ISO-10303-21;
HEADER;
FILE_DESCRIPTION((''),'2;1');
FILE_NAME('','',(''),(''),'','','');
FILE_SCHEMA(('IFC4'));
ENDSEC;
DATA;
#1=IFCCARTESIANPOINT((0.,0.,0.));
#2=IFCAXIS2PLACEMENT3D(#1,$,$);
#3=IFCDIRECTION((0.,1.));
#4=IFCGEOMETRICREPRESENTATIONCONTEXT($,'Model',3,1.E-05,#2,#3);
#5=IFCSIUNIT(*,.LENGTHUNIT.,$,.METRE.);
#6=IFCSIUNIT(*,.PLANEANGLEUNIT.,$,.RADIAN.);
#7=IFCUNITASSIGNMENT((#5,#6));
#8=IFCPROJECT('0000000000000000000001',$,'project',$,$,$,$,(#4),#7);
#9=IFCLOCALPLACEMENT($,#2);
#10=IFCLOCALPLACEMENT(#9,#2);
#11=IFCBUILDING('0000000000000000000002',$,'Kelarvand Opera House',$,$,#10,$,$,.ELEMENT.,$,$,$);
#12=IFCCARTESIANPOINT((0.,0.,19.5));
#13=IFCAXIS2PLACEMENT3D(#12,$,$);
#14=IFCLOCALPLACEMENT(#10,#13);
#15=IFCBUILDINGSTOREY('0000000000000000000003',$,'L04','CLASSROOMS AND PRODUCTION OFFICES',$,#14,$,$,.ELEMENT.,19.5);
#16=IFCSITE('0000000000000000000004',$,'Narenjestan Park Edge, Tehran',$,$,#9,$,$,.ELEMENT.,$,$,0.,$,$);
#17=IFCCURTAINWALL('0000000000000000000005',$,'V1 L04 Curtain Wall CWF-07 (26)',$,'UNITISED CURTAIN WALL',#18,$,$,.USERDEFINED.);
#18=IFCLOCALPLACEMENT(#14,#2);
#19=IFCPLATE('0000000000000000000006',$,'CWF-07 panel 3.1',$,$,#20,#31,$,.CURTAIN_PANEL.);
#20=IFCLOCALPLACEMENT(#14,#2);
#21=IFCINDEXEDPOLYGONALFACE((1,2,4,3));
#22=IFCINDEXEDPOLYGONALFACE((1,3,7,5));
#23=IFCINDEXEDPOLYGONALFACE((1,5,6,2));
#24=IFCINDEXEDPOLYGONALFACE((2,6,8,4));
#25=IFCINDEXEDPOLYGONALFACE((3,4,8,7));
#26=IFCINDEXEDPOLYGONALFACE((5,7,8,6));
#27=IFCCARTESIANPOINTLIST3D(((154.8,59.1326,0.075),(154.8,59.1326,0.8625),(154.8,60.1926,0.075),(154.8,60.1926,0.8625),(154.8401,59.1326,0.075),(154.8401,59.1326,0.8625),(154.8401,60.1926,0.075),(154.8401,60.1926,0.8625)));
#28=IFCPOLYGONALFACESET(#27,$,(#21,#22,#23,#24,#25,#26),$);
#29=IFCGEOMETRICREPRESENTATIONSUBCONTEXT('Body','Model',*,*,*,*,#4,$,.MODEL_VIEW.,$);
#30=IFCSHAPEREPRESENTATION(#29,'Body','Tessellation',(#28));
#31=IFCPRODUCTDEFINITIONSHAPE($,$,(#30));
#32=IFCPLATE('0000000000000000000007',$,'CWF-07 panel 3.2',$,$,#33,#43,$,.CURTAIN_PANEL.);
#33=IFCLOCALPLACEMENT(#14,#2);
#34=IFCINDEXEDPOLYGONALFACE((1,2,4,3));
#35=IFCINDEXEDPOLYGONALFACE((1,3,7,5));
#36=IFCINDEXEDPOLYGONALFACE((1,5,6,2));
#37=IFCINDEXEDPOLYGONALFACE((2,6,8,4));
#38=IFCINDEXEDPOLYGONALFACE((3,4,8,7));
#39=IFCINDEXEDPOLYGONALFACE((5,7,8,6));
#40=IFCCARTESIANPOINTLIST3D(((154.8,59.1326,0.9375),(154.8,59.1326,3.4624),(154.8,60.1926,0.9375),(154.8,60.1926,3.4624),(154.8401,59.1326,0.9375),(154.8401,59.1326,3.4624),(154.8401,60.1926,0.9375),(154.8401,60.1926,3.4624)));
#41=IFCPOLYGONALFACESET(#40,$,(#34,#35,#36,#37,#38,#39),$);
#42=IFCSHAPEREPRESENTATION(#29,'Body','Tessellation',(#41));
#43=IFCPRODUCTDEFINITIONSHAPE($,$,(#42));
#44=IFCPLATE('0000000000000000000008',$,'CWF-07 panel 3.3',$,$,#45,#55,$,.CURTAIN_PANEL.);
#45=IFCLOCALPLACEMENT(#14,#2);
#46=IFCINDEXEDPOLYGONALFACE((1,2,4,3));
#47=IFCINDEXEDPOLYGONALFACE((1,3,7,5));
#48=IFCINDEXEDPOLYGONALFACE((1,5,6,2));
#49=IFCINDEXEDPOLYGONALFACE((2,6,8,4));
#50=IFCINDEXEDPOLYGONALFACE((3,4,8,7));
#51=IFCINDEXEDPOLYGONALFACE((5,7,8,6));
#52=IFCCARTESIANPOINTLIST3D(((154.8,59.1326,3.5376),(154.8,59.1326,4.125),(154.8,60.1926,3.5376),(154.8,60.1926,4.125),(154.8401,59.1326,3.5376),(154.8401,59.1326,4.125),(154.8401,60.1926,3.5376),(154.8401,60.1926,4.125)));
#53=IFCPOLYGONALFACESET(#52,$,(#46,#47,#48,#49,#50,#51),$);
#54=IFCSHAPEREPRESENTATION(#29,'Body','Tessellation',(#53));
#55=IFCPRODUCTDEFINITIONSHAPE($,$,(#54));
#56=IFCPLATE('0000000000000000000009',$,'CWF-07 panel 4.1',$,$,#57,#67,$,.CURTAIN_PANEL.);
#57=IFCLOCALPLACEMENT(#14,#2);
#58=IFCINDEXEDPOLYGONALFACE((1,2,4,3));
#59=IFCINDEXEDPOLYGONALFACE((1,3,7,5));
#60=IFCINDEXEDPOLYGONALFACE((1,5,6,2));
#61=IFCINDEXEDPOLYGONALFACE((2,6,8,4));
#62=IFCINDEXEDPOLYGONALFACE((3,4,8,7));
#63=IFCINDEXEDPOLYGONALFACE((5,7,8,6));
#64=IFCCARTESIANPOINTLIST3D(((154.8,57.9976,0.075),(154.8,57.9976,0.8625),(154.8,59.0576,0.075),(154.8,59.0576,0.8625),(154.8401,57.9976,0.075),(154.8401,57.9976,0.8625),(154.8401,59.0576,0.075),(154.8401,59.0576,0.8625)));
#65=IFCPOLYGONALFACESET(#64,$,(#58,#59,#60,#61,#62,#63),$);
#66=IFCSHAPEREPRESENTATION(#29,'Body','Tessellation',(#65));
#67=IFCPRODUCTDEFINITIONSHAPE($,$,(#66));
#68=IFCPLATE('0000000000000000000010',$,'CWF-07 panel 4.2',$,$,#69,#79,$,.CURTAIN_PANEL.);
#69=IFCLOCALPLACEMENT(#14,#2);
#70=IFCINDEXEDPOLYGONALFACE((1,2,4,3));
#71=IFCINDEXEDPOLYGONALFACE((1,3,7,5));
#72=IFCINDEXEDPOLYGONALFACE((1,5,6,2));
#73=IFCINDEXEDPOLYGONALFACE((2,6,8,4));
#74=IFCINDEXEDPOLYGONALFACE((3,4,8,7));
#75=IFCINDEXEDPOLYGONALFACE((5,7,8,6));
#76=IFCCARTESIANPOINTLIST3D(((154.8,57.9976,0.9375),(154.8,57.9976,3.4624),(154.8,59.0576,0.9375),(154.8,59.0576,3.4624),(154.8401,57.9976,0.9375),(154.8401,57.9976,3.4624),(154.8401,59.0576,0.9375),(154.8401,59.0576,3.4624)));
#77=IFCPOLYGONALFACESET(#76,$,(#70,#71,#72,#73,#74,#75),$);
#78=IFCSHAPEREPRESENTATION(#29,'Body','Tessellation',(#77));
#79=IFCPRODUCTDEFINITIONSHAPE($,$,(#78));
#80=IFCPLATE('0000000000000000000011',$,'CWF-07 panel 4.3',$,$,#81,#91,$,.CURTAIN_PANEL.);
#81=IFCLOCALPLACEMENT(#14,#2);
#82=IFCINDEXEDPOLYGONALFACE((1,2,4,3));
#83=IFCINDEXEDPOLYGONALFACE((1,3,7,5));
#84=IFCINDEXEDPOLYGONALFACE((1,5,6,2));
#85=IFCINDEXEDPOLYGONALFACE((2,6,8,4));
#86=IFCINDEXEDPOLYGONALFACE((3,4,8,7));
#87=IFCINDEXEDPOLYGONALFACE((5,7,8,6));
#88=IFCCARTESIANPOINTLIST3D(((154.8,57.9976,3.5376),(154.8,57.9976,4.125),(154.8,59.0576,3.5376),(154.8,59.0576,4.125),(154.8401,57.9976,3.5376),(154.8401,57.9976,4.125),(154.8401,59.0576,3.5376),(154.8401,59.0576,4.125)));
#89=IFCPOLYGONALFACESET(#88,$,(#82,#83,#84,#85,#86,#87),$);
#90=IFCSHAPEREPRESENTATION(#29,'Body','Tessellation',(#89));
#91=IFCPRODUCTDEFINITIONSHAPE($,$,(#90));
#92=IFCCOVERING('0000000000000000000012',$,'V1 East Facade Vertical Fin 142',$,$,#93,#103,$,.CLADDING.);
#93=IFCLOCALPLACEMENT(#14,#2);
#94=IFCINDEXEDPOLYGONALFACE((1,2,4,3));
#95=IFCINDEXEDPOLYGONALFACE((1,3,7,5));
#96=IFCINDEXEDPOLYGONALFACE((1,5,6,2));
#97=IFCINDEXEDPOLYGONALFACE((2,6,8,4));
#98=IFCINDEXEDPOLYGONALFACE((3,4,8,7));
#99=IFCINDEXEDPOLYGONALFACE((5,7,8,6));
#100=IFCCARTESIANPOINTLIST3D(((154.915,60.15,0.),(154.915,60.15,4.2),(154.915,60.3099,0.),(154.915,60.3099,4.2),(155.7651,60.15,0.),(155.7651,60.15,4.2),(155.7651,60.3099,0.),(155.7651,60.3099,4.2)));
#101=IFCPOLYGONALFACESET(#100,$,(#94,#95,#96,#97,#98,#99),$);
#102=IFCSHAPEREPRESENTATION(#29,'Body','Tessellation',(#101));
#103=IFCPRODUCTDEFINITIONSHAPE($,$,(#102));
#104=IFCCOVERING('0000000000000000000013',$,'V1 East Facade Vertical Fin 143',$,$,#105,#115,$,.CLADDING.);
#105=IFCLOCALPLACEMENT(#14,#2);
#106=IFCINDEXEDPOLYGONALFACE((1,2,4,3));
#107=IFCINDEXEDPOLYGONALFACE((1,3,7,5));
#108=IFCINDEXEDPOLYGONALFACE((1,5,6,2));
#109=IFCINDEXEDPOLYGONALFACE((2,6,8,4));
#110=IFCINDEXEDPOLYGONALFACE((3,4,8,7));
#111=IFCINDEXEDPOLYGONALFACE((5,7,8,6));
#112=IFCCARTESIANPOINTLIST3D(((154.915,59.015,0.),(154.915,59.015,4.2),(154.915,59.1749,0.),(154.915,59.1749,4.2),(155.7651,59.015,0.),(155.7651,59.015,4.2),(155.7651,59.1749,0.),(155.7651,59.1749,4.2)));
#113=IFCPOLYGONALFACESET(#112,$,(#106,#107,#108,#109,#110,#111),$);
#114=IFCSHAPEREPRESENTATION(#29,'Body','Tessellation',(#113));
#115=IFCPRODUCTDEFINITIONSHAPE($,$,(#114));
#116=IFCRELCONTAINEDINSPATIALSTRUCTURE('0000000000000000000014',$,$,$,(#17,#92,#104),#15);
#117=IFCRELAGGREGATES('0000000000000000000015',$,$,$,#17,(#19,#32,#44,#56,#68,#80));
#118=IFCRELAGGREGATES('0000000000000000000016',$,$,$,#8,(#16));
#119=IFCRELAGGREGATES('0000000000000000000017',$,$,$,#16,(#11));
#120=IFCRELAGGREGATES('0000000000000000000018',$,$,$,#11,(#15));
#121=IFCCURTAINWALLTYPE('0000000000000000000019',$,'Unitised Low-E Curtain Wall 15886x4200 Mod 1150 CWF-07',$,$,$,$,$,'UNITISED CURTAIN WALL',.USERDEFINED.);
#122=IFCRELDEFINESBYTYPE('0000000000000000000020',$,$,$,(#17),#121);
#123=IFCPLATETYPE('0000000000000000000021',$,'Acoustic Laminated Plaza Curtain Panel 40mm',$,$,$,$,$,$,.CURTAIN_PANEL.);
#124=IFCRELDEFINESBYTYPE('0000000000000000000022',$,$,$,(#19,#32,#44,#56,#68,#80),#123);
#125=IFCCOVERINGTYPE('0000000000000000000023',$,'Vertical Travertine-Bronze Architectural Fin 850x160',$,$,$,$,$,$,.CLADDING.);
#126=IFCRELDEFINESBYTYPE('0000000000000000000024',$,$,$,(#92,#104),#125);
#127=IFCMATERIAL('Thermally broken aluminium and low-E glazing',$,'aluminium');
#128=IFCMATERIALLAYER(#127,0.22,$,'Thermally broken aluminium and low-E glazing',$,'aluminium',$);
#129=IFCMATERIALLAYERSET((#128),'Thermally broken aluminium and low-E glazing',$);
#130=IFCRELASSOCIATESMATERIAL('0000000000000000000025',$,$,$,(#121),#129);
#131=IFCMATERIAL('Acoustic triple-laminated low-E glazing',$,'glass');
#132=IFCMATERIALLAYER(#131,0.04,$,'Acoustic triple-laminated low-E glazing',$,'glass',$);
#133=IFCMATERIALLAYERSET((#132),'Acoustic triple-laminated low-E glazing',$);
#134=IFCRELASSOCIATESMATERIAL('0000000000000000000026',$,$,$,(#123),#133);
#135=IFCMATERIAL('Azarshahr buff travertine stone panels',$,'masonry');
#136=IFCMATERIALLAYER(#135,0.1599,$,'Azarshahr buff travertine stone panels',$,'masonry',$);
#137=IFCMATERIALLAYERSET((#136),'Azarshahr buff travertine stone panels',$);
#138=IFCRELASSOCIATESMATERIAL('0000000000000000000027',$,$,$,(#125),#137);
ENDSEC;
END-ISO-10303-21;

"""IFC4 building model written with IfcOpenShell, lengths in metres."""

from ifc_helpers import new_model, si_unit, direction, frame, origin, origin_2d, place, context, subcontext, project, spatial, rectangle, extrude, material, layer, layer_set, type_object, element, aggregate, save


model = new_model("IFC4")

# Units and contexts
model_context = context("Model", 3, precision=1e-05, world=origin(), true_north=direction((0.0, 1.0)))
body_context = subcontext(model_context, "Body", "Model", "MODEL_VIEW")
ifc_project = project(units=[si_unit("LENGTHUNIT", "METRE"), si_unit("PLANEANGLEUNIT", "RADIAN")], contexts=[model_context])

# Site, building, storey
site_placement = place(None, origin())
site = spatial("IfcSite", under=ifc_project, at=site_placement, Name="Narenjestan Park Edge, Tehran", CompositionType="ELEMENT", RefElevation=0.0)
building_placement = place(site_placement, origin())
building = spatial("IfcBuilding", under=site, at=building_placement, Name="Kelarvand Opera House", CompositionType="ELEMENT")
storey_placement = place(building_placement, frame((0.0, 0.0, 19.5)))
storey = spatial("IfcBuildingStorey", under=building, at=storey_placement, Name="L04", Description="CLASSROOMS AND PRODUCTION OFFICES", CompositionType="ELEMENT", Elevation=19.5)

# Curtain wall, plates
ifc_material_1 = material(Name="Thermally broken aluminium and low-E glazing", Category="aluminium")
ifc_layer_1 = layer(ifc_material_1, 0.22, Name="Thermally broken aluminium and low-E glazing", Category="aluminium")
ifc_layer_set_1 = layer_set([ifc_layer_1], Name="Thermally broken aluminium and low-E glazing")
curtain_wall_type = type_object("IfcCurtainWallType", Name="Unitised Low-E Curtain Wall 15886x4200 Mod 1150 CWF-07", ElementType="UNITISED CURTAIN WALL", PredefinedType="USERDEFINED", material=ifc_layer_set_1)
curtain_wall_placement = place(storey_placement, origin())
curtain_wall = element("IfcCurtainWall", 1, at=curtain_wall_placement, inside=storey, type_object=curtain_wall_type, Name="V1 L04 Curtain Wall CWF-07 (26)", ObjectType="UNITISED CURTAIN WALL", PredefinedType="USERDEFINED")
ifc_material_2 = material(Name="Acoustic triple-laminated low-E glazing", Category="glass")
ifc_layer_2 = layer(ifc_material_2, 0.04, Name="Acoustic triple-laminated low-E glazing", Category="glass")
ifc_layer_set_2 = layer_set([ifc_layer_2], Name="Acoustic triple-laminated low-E glazing")
plate_type = type_object("IfcPlateType", Name="Acoustic Laminated Plaza Curtain Panel 40mm", PredefinedType="CURTAIN_PANEL", material=ifc_layer_set_2)
plate_1_placement = place(storey_placement, frame((154.8201, 59.6626, 0.075), z_axis=(0.0, 0.0, 1.0), x_axis=(0.0, -1.0, 0.0)))
plate_1 = element("IfcPlate", 2, at=plate_1_placement, type_object=plate_type, Name="CWF-07 panel 3.1", PredefinedType="CURTAIN_PANEL", context=body_context, shape_type="SweptSolid", body=[
    extrude(rectangle(XDim=1.0601, YDim=0.04, at=origin_2d()), origin(), (0.0, 0.0, 1.0), 0.7876),
])
plate_2_placement = place(storey_placement, frame((154.8201, 59.6626, 0.9375), z_axis=(0.0, 0.0, 1.0), x_axis=(0.0, -1.0, 0.0)))
plate_2 = element("IfcPlate", 3, at=plate_2_placement, type_object=plate_type, Name="CWF-07 panel 3.2", PredefinedType="CURTAIN_PANEL", context=body_context, shape_type="SweptSolid", body=[
    extrude(rectangle(XDim=1.0601, YDim=0.04, at=origin_2d()), origin(), (0.0, 0.0, 1.0), 2.5249),
])
plate_3_placement = place(storey_placement, frame((154.8201, 59.6626, 3.5376), z_axis=(0.0, 0.0, 1.0), x_axis=(0.0, -1.0, 0.0)))
plate_3 = element("IfcPlate", 4, at=plate_3_placement, type_object=plate_type, Name="CWF-07 panel 3.3", PredefinedType="CURTAIN_PANEL", context=body_context, shape_type="SweptSolid", body=[
    extrude(rectangle(XDim=1.0601, YDim=0.04, at=origin_2d()), origin(), (0.0, 0.0, 1.0), 0.5874),
])
plate_4_placement = place(storey_placement, frame((154.8201, 58.5276, 0.075), z_axis=(0.0, 0.0, 1.0), x_axis=(0.0, -1.0, 0.0)))
plate_4 = element("IfcPlate", 5, at=plate_4_placement, type_object=plate_type, Name="CWF-07 panel 4.1", PredefinedType="CURTAIN_PANEL", context=body_context, shape_type="SweptSolid", body=[
    extrude(rectangle(XDim=1.0601, YDim=0.04, at=origin_2d()), origin(), (0.0, 0.0, 1.0), 0.7876),
])
plate_5_placement = place(storey_placement, frame((154.8201, 58.5276, 0.9375), z_axis=(0.0, 0.0, 1.0), x_axis=(0.0, -1.0, 0.0)))
plate_5 = element("IfcPlate", 6, at=plate_5_placement, type_object=plate_type, Name="CWF-07 panel 4.2", PredefinedType="CURTAIN_PANEL", context=body_context, shape_type="SweptSolid", body=[
    extrude(rectangle(XDim=1.0601, YDim=0.04, at=origin_2d()), origin(), (0.0, 0.0, 1.0), 2.5249),
])
plate_6_placement = place(storey_placement, frame((154.8201, 58.5276, 3.5376), z_axis=(0.0, 0.0, 1.0), x_axis=(0.0, -1.0, 0.0)))
plate_6 = element("IfcPlate", 7, at=plate_6_placement, type_object=plate_type, Name="CWF-07 panel 4.3", PredefinedType="CURTAIN_PANEL", context=body_context, shape_type="SweptSolid", body=[
    extrude(rectangle(XDim=1.0601, YDim=0.04, at=origin_2d()), origin(), (0.0, 0.0, 1.0), 0.5874),
])
aggregate(curtain_wall, [plate_1, plate_2, plate_3, plate_4, plate_5, plate_6])

# Coverings
ifc_material_3 = material(Name="Azarshahr buff travertine stone panels", Category="masonry")
ifc_layer_3 = layer(ifc_material_3, 0.1599, Name="Azarshahr buff travertine stone panels", Category="masonry")
ifc_layer_set_3 = layer_set([ifc_layer_3], Name="Azarshahr buff travertine stone panels")
covering_type = type_object("IfcCoveringType", Name="Vertical Travertine-Bronze Architectural Fin 850x160", PredefinedType="CLADDING", material=ifc_layer_set_3)
for number, where, z_axis, x_axis, name in (
    (8, (155.3401, 60.23, 0.0), (0.0, 0.0, 1.0), (1.0, 0.0, 0.0), "V1 East Facade Vertical Fin 142"),
    (9, (155.3401, 59.095, 0.0), (0.0, 0.0, 1.0), (1.0, 0.0, 0.0), "V1 East Facade Vertical Fin 143"),
):
    element("IfcCovering", number, at=place(storey_placement, frame(where, z_axis=z_axis, x_axis=x_axis)), inside=storey, type_object=covering_type, Name=name, PredefinedType="CLADDING", context=body_context, shape_type="SweptSolid", body=[
        extrude(rectangle(XDim=0.8501, YDim=0.1599, at=origin_2d()), origin(), (0.0, 0.0, 1.0), 4.2),
    ])

save(model, "model.ifc")
